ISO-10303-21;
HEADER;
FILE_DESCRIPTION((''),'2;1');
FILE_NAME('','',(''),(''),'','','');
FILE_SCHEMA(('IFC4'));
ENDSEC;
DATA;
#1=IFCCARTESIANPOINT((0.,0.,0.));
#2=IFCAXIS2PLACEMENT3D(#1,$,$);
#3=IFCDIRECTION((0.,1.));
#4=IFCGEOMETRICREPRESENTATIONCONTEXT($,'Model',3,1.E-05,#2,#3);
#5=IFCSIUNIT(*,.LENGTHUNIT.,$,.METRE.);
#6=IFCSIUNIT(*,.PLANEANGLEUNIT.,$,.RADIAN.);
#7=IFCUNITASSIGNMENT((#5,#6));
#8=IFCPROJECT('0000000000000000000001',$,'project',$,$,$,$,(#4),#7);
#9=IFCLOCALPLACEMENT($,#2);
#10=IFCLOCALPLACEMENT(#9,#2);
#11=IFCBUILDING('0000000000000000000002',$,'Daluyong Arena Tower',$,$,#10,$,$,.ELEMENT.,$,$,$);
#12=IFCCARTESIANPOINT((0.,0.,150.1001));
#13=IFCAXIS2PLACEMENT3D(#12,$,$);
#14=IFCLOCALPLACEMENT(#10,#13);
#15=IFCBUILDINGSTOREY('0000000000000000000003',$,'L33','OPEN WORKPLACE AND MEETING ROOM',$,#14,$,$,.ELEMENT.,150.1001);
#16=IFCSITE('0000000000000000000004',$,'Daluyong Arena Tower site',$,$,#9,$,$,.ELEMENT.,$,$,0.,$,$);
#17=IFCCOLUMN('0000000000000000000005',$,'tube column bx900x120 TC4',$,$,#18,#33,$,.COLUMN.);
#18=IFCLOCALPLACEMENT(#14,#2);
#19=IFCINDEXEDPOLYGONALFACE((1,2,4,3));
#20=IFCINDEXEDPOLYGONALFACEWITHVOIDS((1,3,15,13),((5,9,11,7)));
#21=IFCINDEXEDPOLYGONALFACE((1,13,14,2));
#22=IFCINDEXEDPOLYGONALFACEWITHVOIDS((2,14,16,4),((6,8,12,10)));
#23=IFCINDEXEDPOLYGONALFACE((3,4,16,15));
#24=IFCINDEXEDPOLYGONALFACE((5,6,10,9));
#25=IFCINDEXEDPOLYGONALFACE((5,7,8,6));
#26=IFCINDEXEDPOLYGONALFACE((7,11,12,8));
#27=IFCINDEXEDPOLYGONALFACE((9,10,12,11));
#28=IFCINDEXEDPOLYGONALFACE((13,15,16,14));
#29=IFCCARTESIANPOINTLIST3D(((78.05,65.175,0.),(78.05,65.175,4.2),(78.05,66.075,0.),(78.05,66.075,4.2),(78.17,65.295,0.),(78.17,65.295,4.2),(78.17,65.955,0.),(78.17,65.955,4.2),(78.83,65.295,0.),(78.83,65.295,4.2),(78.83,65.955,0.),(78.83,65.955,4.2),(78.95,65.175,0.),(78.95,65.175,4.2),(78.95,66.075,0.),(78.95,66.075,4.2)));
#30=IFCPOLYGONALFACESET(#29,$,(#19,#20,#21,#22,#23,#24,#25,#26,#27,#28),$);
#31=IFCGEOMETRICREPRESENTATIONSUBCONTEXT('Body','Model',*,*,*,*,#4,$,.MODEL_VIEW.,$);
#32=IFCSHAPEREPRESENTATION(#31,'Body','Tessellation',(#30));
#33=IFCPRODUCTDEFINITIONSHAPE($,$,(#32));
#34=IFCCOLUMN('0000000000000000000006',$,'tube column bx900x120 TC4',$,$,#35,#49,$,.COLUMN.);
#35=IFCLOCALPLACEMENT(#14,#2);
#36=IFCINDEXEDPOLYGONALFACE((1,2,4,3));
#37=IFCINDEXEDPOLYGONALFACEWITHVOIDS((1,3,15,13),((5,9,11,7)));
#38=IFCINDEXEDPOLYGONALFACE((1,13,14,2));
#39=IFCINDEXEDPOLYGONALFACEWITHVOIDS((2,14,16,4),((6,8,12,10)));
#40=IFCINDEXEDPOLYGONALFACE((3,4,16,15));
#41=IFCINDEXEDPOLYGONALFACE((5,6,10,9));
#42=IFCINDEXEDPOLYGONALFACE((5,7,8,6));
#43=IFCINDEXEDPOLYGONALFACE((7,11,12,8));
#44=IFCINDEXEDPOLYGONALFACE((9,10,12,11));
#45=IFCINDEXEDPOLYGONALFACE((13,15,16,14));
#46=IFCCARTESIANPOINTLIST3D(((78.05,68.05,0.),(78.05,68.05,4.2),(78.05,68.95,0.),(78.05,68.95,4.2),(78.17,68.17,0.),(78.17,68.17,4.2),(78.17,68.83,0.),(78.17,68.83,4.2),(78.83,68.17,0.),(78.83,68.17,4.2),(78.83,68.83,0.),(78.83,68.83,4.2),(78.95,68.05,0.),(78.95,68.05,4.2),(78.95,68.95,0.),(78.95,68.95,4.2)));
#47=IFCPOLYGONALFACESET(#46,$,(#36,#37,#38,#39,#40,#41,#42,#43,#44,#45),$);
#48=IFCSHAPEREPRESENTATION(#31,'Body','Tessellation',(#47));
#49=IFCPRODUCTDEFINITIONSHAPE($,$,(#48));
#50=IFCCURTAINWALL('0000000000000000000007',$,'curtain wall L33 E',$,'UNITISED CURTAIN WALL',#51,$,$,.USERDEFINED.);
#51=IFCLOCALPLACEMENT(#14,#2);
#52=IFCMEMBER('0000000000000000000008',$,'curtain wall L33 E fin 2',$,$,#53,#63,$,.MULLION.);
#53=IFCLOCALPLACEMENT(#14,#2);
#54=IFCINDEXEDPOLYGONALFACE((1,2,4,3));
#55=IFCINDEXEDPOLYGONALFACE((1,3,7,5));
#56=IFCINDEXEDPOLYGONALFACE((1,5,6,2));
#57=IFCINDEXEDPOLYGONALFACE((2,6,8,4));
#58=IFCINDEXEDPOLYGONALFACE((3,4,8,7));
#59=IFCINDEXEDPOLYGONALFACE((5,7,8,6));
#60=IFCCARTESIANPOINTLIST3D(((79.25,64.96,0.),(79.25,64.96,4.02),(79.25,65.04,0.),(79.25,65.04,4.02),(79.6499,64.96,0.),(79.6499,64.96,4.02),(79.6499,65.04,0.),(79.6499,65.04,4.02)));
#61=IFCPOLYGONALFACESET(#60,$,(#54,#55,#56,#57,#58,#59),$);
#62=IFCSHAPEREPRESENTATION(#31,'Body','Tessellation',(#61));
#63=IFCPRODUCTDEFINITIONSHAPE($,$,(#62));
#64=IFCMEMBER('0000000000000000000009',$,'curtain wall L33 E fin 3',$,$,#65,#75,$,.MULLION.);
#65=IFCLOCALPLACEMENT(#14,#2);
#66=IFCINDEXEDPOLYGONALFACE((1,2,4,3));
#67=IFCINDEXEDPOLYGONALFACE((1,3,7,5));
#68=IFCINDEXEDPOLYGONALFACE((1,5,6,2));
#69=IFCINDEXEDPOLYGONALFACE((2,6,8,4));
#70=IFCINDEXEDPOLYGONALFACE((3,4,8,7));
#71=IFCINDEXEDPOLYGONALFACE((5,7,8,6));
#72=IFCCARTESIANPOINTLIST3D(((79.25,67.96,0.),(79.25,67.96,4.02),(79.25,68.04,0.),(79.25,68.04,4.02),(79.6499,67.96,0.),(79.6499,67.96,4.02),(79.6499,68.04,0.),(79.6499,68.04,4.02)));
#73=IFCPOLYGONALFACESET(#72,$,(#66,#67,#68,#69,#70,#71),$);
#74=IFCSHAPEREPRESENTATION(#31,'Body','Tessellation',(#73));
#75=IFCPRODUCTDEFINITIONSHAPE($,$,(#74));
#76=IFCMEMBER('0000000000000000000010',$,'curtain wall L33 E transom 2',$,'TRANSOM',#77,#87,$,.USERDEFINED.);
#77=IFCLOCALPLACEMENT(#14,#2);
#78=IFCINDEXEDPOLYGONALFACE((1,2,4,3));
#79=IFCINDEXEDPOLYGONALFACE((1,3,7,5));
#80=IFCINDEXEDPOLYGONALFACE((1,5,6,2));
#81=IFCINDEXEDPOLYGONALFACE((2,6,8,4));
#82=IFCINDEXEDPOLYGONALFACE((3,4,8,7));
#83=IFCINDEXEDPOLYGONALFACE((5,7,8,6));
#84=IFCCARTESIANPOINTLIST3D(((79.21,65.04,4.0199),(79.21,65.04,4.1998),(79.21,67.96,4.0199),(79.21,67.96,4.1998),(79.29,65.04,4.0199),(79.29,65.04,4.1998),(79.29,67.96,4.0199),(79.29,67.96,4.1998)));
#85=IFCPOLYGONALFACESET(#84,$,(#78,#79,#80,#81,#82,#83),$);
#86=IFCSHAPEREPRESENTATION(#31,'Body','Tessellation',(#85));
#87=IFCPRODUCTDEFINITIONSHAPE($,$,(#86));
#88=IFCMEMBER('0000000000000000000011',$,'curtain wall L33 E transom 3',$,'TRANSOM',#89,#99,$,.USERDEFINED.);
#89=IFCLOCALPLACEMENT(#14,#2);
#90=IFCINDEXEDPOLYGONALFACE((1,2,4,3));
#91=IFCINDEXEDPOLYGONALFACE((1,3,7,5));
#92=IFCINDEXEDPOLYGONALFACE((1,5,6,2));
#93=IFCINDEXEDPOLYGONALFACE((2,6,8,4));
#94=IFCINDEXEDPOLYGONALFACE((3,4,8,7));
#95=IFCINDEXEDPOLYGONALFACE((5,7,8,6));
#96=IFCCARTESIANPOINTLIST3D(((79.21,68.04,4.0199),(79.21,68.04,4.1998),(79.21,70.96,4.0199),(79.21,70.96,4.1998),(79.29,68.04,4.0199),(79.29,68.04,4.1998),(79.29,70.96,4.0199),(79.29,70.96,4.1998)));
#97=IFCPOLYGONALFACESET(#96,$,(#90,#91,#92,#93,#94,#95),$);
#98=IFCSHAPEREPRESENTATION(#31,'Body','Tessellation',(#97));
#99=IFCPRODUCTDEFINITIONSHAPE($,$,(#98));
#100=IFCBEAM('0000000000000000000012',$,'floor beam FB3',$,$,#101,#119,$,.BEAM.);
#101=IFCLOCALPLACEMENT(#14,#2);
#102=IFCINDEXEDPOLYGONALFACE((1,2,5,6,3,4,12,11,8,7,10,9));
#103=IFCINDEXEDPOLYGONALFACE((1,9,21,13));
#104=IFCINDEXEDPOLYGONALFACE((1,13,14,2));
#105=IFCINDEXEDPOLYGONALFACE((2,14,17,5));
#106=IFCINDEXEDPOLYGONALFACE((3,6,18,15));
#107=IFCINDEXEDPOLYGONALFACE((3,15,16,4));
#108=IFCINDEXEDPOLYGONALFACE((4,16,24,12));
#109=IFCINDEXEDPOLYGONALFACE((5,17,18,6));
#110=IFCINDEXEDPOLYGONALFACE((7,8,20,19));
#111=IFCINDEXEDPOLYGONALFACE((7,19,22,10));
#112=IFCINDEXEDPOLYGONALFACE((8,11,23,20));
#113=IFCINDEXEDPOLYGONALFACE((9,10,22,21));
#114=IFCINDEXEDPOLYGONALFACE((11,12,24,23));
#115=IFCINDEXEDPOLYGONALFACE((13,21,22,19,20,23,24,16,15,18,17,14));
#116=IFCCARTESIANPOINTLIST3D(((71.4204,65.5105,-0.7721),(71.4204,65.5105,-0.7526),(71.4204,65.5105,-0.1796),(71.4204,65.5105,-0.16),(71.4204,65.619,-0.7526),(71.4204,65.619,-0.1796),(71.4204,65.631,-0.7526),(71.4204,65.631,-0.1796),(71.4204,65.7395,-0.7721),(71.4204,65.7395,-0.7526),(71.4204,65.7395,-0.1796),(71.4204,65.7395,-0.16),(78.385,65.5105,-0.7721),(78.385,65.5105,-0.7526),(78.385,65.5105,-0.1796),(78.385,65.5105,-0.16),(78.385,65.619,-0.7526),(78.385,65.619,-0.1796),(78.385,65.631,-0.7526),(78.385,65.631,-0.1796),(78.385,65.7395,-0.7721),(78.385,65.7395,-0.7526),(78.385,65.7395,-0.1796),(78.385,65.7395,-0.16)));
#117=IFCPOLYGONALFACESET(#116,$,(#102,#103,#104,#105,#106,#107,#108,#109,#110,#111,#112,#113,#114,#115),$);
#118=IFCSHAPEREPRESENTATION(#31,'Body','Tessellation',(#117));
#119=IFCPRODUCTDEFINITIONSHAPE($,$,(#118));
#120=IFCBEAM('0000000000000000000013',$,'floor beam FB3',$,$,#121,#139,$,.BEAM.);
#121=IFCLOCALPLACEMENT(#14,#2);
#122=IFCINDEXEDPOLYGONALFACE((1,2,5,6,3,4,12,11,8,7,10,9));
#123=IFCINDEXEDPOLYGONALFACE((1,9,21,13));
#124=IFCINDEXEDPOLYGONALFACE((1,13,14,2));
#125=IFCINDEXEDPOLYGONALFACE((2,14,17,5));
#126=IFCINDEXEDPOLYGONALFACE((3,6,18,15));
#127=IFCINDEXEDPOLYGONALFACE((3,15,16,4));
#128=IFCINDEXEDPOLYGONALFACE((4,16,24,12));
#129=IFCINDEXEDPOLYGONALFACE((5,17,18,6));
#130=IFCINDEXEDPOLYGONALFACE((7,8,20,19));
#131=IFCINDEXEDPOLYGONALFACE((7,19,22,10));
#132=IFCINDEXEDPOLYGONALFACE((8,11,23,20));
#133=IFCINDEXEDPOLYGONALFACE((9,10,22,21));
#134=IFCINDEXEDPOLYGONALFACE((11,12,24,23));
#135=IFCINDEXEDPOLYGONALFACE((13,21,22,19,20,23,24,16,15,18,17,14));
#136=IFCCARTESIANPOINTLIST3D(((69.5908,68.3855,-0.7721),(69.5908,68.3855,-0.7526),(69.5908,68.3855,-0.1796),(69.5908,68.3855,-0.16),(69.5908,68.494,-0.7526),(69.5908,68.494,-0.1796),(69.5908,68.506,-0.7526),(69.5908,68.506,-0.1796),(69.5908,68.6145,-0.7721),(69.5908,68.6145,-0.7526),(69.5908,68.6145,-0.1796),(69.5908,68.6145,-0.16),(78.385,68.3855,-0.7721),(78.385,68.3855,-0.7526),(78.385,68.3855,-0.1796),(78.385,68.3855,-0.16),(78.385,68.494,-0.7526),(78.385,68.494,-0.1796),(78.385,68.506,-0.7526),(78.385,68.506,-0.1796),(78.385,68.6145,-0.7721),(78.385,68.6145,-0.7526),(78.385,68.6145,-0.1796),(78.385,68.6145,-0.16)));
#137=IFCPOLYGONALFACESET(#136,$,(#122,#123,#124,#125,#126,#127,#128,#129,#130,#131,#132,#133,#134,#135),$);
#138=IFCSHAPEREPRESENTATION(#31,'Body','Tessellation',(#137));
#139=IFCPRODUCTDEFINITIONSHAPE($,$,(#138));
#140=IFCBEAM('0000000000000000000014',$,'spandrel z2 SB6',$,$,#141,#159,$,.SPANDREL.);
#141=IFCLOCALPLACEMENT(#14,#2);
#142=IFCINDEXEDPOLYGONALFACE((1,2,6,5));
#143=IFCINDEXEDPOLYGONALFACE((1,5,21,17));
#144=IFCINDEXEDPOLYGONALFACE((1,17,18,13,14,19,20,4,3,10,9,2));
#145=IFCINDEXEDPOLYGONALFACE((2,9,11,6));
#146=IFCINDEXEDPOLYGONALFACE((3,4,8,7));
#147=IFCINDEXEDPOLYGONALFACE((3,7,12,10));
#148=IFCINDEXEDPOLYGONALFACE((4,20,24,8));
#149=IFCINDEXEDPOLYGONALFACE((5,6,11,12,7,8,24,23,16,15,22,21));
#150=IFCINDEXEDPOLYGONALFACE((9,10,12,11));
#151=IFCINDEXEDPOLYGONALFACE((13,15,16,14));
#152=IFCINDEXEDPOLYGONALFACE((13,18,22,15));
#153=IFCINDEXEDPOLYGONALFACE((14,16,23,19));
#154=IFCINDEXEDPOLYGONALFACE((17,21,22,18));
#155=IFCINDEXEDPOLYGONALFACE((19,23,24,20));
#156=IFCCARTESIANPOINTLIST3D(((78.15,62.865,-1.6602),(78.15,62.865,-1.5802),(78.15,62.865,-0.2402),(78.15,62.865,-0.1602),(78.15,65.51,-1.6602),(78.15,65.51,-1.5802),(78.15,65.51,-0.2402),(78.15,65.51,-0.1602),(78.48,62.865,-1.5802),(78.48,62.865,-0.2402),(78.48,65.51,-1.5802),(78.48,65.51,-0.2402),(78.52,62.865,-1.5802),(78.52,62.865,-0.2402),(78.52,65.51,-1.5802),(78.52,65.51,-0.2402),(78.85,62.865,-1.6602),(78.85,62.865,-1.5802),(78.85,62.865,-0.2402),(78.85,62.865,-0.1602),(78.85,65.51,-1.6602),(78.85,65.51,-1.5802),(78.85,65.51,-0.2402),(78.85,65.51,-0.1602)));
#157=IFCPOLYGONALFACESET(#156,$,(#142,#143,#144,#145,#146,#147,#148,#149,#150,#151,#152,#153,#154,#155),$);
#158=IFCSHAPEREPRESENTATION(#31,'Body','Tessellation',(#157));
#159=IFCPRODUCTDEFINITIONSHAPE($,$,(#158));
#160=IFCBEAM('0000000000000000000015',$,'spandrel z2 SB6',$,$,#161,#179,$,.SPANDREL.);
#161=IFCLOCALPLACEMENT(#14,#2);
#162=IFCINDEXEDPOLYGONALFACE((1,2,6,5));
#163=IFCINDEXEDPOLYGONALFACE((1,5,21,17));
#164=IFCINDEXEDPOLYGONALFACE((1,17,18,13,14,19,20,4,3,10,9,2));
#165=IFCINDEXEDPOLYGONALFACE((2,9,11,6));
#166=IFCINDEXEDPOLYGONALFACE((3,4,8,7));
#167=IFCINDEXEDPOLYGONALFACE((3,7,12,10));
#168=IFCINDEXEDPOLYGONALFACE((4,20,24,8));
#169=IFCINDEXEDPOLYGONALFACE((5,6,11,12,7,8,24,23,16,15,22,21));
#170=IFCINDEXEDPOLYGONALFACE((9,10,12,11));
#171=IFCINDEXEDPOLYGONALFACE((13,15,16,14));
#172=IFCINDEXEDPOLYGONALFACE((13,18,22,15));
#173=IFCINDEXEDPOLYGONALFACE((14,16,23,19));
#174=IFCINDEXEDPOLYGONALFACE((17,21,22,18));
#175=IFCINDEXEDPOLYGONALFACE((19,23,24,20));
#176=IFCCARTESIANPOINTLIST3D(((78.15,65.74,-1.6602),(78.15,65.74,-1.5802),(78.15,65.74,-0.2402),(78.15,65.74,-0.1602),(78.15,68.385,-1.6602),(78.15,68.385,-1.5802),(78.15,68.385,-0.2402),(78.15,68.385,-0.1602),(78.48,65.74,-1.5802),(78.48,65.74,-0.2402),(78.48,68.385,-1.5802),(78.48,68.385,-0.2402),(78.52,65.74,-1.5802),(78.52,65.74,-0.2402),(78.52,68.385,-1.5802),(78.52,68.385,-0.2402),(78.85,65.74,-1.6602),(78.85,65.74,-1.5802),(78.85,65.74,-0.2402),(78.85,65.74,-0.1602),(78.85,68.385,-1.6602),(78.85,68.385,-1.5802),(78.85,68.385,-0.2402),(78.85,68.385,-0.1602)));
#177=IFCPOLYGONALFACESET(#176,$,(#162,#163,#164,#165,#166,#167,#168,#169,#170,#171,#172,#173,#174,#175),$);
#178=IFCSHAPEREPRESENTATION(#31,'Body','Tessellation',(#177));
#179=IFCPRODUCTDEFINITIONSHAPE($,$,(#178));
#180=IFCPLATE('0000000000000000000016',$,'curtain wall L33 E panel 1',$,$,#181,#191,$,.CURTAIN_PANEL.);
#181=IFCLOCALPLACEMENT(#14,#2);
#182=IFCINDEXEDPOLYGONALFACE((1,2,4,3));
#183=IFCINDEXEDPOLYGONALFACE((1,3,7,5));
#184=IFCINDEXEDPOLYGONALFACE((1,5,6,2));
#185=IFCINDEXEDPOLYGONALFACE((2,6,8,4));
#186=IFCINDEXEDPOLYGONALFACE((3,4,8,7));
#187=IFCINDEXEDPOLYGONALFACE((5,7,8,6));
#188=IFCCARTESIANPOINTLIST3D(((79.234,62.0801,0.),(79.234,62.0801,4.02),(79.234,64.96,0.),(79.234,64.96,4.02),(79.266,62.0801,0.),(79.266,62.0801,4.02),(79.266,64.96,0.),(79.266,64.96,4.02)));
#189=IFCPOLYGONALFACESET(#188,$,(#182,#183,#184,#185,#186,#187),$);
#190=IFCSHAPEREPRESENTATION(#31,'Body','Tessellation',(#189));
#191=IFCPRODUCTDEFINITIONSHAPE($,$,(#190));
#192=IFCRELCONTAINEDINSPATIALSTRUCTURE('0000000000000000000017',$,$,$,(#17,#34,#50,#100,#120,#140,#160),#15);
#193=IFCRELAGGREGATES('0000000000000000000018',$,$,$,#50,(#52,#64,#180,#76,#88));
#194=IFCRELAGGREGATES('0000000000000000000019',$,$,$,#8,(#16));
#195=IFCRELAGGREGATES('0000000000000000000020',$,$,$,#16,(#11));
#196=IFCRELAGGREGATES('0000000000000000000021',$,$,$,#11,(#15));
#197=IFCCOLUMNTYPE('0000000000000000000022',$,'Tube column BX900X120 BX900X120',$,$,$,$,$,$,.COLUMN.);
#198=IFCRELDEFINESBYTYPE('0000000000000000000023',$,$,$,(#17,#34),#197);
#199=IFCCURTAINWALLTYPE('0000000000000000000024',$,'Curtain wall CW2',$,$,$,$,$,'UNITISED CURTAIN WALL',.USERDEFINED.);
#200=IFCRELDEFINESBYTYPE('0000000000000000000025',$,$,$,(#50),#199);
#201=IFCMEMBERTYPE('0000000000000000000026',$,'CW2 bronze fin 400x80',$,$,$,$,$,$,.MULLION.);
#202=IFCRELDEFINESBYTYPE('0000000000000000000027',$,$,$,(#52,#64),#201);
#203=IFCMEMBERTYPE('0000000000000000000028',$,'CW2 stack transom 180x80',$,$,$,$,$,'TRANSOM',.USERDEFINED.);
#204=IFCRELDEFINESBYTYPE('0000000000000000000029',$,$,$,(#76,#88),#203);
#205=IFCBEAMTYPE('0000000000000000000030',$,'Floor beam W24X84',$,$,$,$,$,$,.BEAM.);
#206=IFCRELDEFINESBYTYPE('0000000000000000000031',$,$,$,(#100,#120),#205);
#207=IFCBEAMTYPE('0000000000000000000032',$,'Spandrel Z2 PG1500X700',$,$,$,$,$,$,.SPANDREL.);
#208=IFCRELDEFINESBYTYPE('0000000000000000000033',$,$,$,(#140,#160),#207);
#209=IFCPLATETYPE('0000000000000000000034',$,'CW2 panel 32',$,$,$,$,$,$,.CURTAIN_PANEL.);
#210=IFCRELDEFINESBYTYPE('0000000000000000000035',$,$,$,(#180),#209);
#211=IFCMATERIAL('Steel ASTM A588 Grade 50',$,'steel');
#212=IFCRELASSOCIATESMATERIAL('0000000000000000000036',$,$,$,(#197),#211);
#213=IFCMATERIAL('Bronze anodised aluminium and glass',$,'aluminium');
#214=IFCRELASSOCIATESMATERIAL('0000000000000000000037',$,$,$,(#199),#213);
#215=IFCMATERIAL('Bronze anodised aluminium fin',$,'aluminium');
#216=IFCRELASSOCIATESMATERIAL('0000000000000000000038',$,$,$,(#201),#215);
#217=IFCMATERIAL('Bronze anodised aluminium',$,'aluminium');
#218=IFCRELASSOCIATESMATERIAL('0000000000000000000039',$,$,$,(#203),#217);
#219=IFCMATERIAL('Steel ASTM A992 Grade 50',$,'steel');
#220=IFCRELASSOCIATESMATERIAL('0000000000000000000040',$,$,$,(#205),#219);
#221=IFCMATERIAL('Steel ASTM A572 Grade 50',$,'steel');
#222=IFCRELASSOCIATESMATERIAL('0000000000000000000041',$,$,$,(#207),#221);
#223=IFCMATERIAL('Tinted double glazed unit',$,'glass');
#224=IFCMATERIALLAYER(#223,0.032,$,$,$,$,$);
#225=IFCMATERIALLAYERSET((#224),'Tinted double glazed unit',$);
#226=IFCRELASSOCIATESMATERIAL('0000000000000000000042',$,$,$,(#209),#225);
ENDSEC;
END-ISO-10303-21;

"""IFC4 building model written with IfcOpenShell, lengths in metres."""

from ifc_helpers import new_model, si_unit, direction, frame, origin, origin_2d, place, context, subcontext, project, spatial, rectangle, hollow_rectangle, i_section, extrude, material, layer, layer_set, material_profile, profile_set, type_object, element, aggregate, save


model = new_model("IFC4")

# Units and contexts
model_context = context("Model", 3, precision=1e-05, world=origin(), true_north=direction((0.0, 1.0)))
body_context = subcontext(model_context, "Body", "Model", "MODEL_VIEW")
ifc_project = project(units=[si_unit("LENGTHUNIT", "METRE"), si_unit("PLANEANGLEUNIT", "RADIAN")], contexts=[model_context])

# Site, building, storey
site_placement = place(None, origin())
site = spatial("IfcSite", under=ifc_project, at=site_placement, Name="Daluyong Arena Tower site", CompositionType="ELEMENT", RefElevation=0.0)
building_placement = place(site_placement, origin())
building = spatial("IfcBuilding", under=site, at=building_placement, Name="Daluyong Arena Tower", CompositionType="ELEMENT")
storey_placement = place(building_placement, frame((0.0, 0.0, 150.1001)))
storey = spatial("IfcBuildingStorey", under=building, at=storey_placement, Name="L33", Description="OPEN WORKPLACE AND MEETING ROOM", CompositionType="ELEMENT", Elevation=150.1001)

# Columns
ifc_material_1 = material(Name="Steel ASTM A588 Grade 50", Category="steel")
ifc_material_profile_1 = material_profile(ifc_material_1, hollow_rectangle(XDim=0.8999, YDim=0.8999, WallThickness=0.12, at=origin_2d()))
ifc_profile_set_1 = profile_set([ifc_material_profile_1], Name="Steel ASTM A588 Grade 50")
column_type = type_object("IfcColumnType", Name="Tube column BX900X120 BX900X120", PredefinedType="COLUMN", material=ifc_profile_set_1)
for number, where, z_axis, x_axis, name in (
    (1, (78.5, 65.625, 0.0), (0.0, 0.0, 1.0), (0.0, 1.0, 0.0), "tube column bx900x120 TC4"),
    (2, (78.5, 68.5, 0.0), (0.0, 0.0, 1.0), (0.0, 1.0, 0.0), "tube column bx900x120 TC4"),
):
    element("IfcColumn", number, at=place(storey_placement, frame(where, z_axis=z_axis, x_axis=x_axis)), inside=storey, type_object=column_type, Name=name, PredefinedType="COLUMN", context=body_context, shape_type="SweptSolid", body=[
        extrude(hollow_rectangle(XDim=0.8999, YDim=0.8999, WallThickness=0.12, at=origin_2d()), origin(), (0.0, 0.0, 1.0), 4.2),
    ])

# Curtain wall, members
ifc_material_2 = material(Name="Bronze anodised aluminium and glass", Category="aluminium")
curtain_wall_type = type_object("IfcCurtainWallType", Name="Curtain wall CW2", ElementType="UNITISED CURTAIN WALL", PredefinedType="USERDEFINED", material=ifc_material_2)
curtain_wall_placement = place(storey_placement, origin())
curtain_wall = element("IfcCurtainWall", 3, at=curtain_wall_placement, inside=storey, type_object=curtain_wall_type, Name="curtain wall L33 E", ObjectType="UNITISED CURTAIN WALL", PredefinedType="USERDEFINED")
ifc_material_3 = material(Name="Bronze anodised aluminium fin", Category="aluminium")
ifc_material_profile_2 = material_profile(ifc_material_3, rectangle(XDim=0.3999, YDim=0.0801, at=origin_2d()))
ifc_profile_set_2 = profile_set([ifc_material_profile_2], Name="Bronze anodised aluminium fin")
member_type_1 = type_object("IfcMemberType", Name="CW2 bronze fin 400x80", PredefinedType="MULLION", material=ifc_profile_set_2)
member_1_placement = place(storey_placement, frame((79.45, 65.0, 0.0), z_axis=(0.0, 0.0, 1.0), x_axis=(-1.0, 0.0, 0.0)))
member_1 = element("IfcMember", 4, at=member_1_placement, type_object=member_type_1, Name="curtain wall L33 E fin 2", PredefinedType="MULLION", context=body_context, shape_type="SweptSolid", body=[
    extrude(rectangle(XDim=0.3999, YDim=0.0801, at=origin_2d()), origin(), (0.0, 0.0, 1.0), 4.02),
])
member_2_placement = place(storey_placement, frame((79.45, 68.0, 0.0), z_axis=(0.0, 0.0, 1.0), x_axis=(-1.0, 0.0, 0.0)))
member_2 = element("IfcMember", 5, at=member_2_placement, type_object=member_type_1, Name="curtain wall L33 E fin 3", PredefinedType="MULLION", context=body_context, shape_type="SweptSolid", body=[
    extrude(rectangle(XDim=0.3999, YDim=0.0801, at=origin_2d()), origin(), (0.0, 0.0, 1.0), 4.02),
])
ifc_material_4 = material(Name="Bronze anodised aluminium", Category="aluminium")
ifc_material_profile_3 = material_profile(ifc_material_4, rectangle(XDim=0.0801, YDim=0.1799, at=origin_2d()))
ifc_profile_set_3 = profile_set([ifc_material_profile_3], Name="Bronze anodised aluminium")
member_type_2 = type_object("IfcMemberType", Name="CW2 stack transom 180x80", ElementType="TRANSOM", PredefinedType="USERDEFINED", material=ifc_profile_set_3)
member_3_placement = place(storey_placement, frame((79.25, 65.04, 4.1099), z_axis=(0.0, 1.0, 0.0), x_axis=(-1.0, 0.0, 0.0)))
member_3 = element("IfcMember", 6, at=member_3_placement, type_object=member_type_2, Name="curtain wall L33 E transom 2", ObjectType="TRANSOM", PredefinedType="USERDEFINED", context=body_context, shape_type="SweptSolid", body=[
    extrude(rectangle(XDim=0.0801, YDim=0.1799, at=origin_2d()), origin(), (0.0, 0.0, 1.0), 2.9199),
])
member_4_placement = place(storey_placement, frame((79.25, 68.04, 4.1099), z_axis=(0.0, 1.0, 0.0), x_axis=(-1.0, 0.0, 0.0)))
member_4 = element("IfcMember", 7, at=member_4_placement, type_object=member_type_2, Name="curtain wall L33 E transom 3", ObjectType="TRANSOM", PredefinedType="USERDEFINED", context=body_context, shape_type="SweptSolid", body=[
    extrude(rectangle(XDim=0.0801, YDim=0.1799, at=origin_2d()), origin(), (0.0, 0.0, 1.0), 2.9199),
])

# Beams
ifc_material_5 = material(Name="Steel ASTM A992 Grade 50", Category="steel")
ifc_material_profile_4 = material_profile(ifc_material_5, i_section(OverallWidth=0.229, OverallDepth=0.6121, WebThickness=0.012, FlangeThickness=0.0195, at=origin_2d()))
ifc_profile_set_4 = profile_set([ifc_material_profile_4], Name="Steel ASTM A992 Grade 50")
beam_type_1 = type_object("IfcBeamType", Name="Floor beam W24X84", PredefinedType="BEAM", material=ifc_profile_set_4)
beam_1_placement = place(storey_placement, frame((78.385, 65.625, -0.4661), z_axis=(-1.0, 0.0, 0.0), x_axis=(0.0, -1.0, 0.0)))
element("IfcBeam", 8, at=beam_1_placement, inside=storey, type_object=beam_type_1, Name="floor beam FB3", PredefinedType="BEAM", context=body_context, shape_type="SweptSolid", body=[
    extrude(i_section(OverallWidth=0.229, OverallDepth=0.6121, WebThickness=0.012, FlangeThickness=0.0195, at=origin_2d()), origin(), (0.0, 0.0, 1.0), 6.9646),
])
beam_2_placement = place(storey_placement, frame((78.385, 68.5, -0.4661), z_axis=(-1.0, 0.0, 0.0), x_axis=(0.0, -1.0, 0.0)))
element("IfcBeam", 9, at=beam_2_placement, inside=storey, type_object=beam_type_1, Name="floor beam FB3", PredefinedType="BEAM", context=body_context, shape_type="SweptSolid", body=[
    extrude(i_section(OverallWidth=0.229, OverallDepth=0.6121, WebThickness=0.012, FlangeThickness=0.0195, at=origin_2d()), origin(), (0.0, 0.0, 1.0), 8.7942),
])
ifc_material_6 = material(Name="Steel ASTM A572 Grade 50", Category="steel")
ifc_material_profile_5 = material_profile(ifc_material_6, i_section(OverallWidth=0.7, OverallDepth=1.5, WebThickness=0.04, FlangeThickness=0.08, at=origin_2d()))
ifc_profile_set_5 = profile_set([ifc_material_profile_5], Name="Steel ASTM A572 Grade 50")
beam_type_2 = type_object("IfcBeamType", Name="Spandrel Z2 PG1500X700", PredefinedType="SPANDREL", material=ifc_profile_set_5)
for number, where, z_axis, x_axis, name in (
    (10, (78.5, 62.865, -0.9102), (0.0, 1.0, 0.0), (-1.0, 0.0, 0.0), "spandrel z2 SB6"),
    (11, (78.5, 65.74, -0.9102), (0.0, 1.0, 0.0), (-1.0, 0.0, 0.0), "spandrel z2 SB6"),
):
    element("IfcBeam", number, at=place(storey_placement, frame(where, z_axis=z_axis, x_axis=x_axis)), inside=storey, type_object=beam_type_2, Name=name, PredefinedType="SPANDREL", context=body_context, shape_type="SweptSolid", body=[
        extrude(i_section(OverallWidth=0.7, OverallDepth=1.5, WebThickness=0.04, FlangeThickness=0.08, at=origin_2d()), origin(), (0.0, 0.0, 1.0), 2.645),
    ])

# Plate
ifc_material_7 = material(Name="Tinted double glazed unit", Category="glass")
ifc_layer_1 = layer(ifc_material_7, 0.032)
ifc_layer_set_1 = layer_set([ifc_layer_1], Name="Tinted double glazed unit")
plate_type = type_object("IfcPlateType", Name="CW2 panel 32", PredefinedType="CURTAIN_PANEL", material=ifc_layer_set_1)
plate_1_placement = place(storey_placement, frame((79.25, 63.52, 0.0), z_axis=(0.0, 0.0, 1.0), x_axis=(0.0, 1.0, 0.0)))
plate_1 = element("IfcPlate", 12, at=plate_1_placement, type_object=plate_type, Name="curtain wall L33 E panel 1", PredefinedType="CURTAIN_PANEL", context=body_context, shape_type="SweptSolid", body=[
    extrude(rectangle(XDim=2.8799, YDim=0.032, at=origin_2d()), origin(), (0.0, 0.0, 1.0), 4.02),
])
aggregate(curtain_wall, [member_1, member_2, plate_1, member_3, member_4])

save(model, "model.ifc")
